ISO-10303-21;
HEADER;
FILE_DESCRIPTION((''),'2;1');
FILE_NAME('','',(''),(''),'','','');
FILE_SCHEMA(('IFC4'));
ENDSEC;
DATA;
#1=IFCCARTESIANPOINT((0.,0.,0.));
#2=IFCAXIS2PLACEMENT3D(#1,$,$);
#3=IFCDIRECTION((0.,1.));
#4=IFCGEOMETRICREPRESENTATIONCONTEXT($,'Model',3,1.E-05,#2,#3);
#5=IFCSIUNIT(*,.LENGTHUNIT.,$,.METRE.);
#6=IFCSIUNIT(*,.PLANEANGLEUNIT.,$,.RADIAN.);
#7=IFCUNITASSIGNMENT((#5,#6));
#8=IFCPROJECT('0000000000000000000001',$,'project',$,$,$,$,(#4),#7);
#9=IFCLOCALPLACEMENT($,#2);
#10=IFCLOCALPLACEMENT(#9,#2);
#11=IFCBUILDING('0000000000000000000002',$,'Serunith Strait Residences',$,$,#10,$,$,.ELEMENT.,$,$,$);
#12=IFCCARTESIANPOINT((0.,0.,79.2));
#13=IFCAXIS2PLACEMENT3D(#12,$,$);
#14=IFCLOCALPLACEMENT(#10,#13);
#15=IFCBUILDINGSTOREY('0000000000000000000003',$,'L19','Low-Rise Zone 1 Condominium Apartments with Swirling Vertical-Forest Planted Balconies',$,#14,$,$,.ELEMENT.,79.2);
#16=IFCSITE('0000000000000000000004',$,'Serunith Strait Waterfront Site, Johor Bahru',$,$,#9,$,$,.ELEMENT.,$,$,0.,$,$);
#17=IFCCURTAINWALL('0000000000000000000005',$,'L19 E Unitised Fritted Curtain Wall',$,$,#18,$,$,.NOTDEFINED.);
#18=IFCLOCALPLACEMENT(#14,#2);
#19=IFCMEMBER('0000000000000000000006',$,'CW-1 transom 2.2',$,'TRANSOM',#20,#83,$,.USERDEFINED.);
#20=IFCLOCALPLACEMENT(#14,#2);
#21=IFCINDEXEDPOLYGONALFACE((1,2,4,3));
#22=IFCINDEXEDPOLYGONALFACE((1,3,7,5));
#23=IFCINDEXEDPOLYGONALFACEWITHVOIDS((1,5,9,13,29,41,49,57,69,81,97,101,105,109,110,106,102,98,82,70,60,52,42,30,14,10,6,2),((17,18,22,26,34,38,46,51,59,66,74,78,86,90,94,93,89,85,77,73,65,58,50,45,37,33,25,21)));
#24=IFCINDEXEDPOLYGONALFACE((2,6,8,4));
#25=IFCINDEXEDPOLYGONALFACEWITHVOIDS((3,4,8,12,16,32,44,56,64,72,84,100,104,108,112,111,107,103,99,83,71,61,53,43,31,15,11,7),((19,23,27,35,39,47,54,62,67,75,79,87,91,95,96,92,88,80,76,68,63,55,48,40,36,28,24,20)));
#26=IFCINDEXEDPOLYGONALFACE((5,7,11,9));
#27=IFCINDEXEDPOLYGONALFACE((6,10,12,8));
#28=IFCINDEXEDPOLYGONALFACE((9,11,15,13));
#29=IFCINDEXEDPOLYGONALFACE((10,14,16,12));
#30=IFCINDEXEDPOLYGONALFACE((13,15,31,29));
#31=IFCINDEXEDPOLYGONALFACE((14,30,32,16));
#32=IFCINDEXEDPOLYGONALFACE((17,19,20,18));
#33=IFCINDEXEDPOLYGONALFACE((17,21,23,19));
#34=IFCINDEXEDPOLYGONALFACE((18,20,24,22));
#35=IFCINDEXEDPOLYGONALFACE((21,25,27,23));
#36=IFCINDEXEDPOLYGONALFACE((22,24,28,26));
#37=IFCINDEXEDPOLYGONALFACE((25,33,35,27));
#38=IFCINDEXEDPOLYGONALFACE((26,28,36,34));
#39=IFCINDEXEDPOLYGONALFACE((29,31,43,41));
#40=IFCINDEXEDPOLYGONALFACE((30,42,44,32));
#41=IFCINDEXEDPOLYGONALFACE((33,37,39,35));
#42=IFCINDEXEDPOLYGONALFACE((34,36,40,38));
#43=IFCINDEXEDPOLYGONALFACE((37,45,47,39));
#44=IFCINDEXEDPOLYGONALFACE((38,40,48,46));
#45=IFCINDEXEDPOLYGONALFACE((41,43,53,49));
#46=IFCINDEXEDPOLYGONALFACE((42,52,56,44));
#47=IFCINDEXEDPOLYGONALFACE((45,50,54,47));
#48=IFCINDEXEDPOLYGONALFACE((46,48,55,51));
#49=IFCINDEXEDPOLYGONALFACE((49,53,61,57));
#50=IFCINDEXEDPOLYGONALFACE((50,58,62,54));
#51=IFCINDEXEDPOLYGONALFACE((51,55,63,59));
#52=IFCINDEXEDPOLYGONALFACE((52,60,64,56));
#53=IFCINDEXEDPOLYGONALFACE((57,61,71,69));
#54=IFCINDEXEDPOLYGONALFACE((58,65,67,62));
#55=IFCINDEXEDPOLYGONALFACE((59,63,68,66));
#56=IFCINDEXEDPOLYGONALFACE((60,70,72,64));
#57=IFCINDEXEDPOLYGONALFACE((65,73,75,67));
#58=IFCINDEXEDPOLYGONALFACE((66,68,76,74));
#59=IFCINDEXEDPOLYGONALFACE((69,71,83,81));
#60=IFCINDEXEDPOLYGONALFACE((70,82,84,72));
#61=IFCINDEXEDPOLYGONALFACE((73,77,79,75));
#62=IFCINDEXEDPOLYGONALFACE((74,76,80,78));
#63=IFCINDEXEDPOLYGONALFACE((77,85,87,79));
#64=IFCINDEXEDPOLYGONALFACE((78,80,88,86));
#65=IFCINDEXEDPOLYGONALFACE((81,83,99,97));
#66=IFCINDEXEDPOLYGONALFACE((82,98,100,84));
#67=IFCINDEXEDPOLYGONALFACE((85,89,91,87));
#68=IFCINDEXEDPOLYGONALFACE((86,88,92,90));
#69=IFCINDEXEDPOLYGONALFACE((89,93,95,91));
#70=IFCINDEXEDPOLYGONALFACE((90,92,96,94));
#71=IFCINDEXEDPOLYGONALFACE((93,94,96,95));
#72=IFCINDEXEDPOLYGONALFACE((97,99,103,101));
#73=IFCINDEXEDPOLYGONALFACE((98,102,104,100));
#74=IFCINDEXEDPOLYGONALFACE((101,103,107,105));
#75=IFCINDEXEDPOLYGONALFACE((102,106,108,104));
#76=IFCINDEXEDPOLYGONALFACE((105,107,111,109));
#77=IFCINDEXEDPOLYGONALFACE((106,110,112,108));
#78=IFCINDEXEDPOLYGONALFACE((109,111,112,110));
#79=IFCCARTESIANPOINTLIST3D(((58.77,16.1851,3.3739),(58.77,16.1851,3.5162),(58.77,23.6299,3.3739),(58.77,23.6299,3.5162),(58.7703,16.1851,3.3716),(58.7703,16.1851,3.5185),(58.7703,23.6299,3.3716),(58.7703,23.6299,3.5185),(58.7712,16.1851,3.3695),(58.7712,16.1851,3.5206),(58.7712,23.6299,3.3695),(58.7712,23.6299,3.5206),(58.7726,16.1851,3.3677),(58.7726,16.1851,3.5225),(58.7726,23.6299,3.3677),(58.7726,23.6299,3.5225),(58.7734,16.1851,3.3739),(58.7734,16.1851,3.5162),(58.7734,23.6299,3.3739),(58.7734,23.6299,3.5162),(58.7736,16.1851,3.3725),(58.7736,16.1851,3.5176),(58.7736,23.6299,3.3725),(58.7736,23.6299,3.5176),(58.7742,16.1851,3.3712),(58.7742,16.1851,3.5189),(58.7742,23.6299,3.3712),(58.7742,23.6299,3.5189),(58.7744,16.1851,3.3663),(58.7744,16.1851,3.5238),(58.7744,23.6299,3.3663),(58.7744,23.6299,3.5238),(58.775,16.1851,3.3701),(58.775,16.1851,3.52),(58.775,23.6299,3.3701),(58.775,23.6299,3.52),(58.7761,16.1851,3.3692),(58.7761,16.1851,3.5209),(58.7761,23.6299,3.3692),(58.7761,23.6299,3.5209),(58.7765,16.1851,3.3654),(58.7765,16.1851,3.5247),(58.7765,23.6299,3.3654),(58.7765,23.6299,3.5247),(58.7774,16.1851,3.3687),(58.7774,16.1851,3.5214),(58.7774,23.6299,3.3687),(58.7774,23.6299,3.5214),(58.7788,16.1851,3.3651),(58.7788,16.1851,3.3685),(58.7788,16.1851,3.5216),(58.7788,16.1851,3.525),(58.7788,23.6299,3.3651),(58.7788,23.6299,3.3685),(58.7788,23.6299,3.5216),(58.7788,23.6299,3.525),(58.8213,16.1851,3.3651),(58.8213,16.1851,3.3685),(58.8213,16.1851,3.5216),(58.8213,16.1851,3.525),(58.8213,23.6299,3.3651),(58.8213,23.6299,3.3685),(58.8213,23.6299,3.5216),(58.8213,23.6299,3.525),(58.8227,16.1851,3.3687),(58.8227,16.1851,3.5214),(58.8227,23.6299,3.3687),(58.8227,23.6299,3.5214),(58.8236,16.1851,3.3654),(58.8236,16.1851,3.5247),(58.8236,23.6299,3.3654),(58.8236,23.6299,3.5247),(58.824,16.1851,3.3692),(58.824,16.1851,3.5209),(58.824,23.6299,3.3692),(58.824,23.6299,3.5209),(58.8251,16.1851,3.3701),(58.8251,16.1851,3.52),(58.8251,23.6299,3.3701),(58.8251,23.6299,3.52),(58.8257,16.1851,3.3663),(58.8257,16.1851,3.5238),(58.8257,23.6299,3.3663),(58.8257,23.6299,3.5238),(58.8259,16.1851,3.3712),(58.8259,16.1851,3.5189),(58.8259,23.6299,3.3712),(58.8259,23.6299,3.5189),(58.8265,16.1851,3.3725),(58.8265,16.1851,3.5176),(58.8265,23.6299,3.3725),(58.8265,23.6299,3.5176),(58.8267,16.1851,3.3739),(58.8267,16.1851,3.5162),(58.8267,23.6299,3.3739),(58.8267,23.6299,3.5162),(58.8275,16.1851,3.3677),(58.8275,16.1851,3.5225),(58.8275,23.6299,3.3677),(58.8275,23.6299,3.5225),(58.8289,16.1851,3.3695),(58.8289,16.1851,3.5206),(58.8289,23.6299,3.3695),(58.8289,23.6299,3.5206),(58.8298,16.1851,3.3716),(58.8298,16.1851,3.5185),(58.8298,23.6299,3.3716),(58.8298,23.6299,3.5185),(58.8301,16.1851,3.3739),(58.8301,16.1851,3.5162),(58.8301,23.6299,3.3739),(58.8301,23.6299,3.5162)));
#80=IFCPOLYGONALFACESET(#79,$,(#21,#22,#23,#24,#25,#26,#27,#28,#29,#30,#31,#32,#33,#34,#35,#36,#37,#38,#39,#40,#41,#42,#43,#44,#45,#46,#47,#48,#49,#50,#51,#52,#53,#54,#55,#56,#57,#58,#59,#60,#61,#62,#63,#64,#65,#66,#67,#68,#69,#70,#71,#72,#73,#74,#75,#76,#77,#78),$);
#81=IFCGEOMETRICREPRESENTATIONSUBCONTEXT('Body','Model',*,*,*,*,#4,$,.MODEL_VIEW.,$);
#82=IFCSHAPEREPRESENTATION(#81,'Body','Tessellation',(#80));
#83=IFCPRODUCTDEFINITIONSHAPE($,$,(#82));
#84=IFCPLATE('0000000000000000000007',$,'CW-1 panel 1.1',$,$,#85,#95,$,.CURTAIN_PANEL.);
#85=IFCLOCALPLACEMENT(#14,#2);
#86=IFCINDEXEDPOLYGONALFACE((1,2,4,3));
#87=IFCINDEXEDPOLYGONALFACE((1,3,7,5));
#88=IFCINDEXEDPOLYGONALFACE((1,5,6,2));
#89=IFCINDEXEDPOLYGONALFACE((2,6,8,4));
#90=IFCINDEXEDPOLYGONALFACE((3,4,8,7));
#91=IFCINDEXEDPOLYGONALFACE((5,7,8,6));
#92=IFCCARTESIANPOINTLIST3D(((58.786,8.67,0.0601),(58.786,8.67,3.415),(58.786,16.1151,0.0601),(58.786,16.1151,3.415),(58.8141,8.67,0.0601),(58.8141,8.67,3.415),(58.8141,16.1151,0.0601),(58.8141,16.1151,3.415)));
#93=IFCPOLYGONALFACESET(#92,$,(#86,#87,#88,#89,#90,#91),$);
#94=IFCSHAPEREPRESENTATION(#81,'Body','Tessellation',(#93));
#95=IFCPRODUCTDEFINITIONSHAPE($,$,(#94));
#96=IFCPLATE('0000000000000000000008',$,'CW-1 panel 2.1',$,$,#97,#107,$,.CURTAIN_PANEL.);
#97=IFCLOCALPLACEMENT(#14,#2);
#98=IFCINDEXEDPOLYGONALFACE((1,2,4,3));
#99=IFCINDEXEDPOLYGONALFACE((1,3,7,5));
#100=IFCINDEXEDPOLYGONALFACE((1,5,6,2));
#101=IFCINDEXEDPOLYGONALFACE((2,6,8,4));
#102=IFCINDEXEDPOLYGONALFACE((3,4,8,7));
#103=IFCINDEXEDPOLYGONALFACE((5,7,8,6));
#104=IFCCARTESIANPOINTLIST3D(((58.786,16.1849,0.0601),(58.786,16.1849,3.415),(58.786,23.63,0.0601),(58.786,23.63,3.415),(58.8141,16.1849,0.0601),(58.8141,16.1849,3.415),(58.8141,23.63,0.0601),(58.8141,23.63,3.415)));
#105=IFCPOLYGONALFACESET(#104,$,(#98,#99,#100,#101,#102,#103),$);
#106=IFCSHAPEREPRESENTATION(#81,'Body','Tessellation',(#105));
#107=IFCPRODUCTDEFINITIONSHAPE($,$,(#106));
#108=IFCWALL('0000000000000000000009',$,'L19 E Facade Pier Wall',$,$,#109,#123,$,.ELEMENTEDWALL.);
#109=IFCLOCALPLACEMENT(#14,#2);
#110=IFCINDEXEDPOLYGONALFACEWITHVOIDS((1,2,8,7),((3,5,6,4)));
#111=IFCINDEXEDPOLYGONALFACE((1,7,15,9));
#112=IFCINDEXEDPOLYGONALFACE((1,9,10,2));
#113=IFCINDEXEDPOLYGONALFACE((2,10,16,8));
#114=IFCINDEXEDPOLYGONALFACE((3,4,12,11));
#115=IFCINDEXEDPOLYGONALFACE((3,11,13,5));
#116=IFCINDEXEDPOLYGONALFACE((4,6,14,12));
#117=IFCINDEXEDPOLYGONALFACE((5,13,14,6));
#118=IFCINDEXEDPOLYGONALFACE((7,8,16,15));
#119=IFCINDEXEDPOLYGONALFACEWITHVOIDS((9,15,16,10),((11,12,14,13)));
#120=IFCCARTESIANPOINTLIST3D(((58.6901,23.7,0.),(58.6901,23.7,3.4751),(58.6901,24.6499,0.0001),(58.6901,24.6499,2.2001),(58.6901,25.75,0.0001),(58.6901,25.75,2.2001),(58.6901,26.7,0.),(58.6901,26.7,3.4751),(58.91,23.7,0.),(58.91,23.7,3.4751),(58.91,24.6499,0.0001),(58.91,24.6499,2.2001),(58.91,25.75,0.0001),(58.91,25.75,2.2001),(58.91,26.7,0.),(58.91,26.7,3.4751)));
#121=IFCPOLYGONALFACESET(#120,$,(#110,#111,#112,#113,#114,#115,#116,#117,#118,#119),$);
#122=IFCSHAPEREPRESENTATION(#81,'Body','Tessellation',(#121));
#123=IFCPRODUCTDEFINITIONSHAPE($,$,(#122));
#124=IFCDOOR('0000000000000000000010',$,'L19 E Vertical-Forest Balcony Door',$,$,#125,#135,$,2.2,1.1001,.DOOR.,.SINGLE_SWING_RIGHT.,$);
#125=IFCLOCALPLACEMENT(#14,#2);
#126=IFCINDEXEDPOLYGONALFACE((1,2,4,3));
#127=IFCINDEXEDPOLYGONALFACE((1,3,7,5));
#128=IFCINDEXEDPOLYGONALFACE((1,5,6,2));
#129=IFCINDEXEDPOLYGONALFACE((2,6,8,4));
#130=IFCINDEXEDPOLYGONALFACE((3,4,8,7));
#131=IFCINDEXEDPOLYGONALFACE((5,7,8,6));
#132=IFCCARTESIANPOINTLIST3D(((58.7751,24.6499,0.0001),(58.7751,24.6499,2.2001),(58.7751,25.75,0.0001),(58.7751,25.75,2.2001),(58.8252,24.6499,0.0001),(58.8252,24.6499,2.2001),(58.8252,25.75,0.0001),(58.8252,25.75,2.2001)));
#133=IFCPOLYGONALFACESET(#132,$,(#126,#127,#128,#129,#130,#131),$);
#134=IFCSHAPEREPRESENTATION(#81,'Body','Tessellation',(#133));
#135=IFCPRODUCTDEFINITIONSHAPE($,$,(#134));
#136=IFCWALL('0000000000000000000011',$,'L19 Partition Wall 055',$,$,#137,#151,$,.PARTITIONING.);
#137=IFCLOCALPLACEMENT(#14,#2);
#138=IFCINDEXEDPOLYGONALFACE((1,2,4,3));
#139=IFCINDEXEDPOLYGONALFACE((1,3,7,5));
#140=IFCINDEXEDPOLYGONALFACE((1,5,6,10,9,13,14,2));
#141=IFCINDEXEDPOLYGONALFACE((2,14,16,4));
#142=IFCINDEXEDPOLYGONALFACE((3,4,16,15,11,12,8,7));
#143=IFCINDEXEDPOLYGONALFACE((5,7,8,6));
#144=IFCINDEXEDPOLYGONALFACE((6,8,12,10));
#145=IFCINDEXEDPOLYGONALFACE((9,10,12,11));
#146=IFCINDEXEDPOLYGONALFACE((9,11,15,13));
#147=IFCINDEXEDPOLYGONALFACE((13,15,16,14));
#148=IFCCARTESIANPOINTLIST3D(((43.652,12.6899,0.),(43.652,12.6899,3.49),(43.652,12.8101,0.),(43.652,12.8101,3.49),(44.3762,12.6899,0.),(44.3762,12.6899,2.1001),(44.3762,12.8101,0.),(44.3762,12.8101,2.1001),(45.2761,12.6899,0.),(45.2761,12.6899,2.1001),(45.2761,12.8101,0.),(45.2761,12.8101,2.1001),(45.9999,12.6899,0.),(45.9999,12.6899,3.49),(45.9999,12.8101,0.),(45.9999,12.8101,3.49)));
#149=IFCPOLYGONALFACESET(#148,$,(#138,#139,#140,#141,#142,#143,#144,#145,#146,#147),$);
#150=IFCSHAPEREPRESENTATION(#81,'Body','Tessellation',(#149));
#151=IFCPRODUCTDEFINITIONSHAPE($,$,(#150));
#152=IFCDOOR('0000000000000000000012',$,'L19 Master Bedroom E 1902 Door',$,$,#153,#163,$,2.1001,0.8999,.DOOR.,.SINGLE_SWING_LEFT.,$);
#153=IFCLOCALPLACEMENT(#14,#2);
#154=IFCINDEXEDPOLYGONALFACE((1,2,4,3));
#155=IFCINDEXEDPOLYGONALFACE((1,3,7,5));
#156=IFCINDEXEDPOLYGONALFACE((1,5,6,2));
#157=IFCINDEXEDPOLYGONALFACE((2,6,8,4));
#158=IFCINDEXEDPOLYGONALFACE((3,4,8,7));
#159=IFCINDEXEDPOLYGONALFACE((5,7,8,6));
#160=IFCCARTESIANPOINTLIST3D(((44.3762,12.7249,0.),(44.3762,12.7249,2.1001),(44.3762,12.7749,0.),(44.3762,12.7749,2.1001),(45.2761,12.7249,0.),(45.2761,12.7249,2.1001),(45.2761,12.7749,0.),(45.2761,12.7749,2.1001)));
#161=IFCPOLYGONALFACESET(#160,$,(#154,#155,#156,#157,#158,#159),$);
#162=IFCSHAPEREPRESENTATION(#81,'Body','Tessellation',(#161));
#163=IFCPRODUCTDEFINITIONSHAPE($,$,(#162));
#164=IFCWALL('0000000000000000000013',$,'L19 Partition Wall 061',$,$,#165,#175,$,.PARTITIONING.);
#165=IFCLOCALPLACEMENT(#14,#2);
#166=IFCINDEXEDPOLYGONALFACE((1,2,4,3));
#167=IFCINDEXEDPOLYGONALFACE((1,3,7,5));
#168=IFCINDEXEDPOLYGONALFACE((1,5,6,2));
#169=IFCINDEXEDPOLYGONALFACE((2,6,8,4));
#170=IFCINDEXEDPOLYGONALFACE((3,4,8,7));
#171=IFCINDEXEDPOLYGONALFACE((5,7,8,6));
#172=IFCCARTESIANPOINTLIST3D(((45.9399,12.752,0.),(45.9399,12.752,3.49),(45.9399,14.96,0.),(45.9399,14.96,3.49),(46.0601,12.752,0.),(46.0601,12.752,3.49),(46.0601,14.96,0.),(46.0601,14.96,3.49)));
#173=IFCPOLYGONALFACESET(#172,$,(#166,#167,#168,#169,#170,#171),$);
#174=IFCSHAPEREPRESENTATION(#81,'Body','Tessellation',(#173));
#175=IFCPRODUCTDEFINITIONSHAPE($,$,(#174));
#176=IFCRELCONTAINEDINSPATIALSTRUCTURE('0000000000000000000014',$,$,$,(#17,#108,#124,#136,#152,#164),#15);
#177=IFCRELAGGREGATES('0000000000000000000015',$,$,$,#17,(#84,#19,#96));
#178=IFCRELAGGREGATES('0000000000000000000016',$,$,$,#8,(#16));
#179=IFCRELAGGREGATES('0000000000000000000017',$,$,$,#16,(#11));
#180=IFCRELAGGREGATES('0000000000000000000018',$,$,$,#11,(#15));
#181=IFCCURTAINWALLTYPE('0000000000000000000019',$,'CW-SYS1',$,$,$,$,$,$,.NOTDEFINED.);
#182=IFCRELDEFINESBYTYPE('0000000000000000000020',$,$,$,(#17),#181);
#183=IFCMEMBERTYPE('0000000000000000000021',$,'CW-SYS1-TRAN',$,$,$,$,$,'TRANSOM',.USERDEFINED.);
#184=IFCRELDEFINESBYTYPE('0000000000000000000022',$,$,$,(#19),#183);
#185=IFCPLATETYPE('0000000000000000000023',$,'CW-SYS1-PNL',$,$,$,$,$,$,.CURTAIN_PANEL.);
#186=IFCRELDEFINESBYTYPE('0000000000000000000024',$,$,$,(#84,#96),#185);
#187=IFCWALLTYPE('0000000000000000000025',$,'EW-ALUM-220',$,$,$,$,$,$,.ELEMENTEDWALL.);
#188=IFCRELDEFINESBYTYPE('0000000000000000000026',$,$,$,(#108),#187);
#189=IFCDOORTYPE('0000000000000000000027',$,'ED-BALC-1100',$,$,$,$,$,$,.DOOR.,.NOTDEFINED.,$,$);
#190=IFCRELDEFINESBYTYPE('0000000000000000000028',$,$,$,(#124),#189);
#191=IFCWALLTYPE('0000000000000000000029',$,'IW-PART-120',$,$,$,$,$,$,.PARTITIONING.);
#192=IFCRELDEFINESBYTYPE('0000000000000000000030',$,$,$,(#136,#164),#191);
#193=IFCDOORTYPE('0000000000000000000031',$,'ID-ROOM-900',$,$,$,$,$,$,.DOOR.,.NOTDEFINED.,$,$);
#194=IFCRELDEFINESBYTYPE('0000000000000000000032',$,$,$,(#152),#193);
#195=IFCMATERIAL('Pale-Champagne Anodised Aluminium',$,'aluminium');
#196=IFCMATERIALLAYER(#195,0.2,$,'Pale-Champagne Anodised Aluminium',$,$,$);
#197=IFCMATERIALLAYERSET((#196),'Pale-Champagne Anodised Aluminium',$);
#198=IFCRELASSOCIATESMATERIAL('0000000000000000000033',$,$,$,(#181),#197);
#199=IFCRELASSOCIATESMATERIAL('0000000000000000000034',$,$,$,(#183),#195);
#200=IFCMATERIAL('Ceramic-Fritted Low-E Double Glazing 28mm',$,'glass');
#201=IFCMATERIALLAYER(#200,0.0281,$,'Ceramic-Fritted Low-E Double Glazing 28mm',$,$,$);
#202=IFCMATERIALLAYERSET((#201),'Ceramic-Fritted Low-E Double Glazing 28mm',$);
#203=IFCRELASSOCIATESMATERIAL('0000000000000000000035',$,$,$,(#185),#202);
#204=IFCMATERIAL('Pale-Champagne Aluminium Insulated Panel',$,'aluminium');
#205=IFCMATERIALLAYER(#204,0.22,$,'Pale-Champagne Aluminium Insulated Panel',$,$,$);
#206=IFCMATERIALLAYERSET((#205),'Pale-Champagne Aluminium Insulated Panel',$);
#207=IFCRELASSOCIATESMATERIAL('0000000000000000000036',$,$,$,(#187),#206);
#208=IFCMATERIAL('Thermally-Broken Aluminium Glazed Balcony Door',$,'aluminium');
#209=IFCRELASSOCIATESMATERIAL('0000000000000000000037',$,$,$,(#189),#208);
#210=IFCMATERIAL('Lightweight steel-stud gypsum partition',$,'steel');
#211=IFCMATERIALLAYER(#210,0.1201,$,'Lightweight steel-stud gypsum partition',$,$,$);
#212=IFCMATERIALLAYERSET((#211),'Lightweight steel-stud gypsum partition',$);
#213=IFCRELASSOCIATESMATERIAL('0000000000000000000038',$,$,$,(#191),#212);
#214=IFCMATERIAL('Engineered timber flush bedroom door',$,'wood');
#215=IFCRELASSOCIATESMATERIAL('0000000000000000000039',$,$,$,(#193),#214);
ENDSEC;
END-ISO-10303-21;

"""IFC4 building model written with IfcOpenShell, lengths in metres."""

from ifc_helpers import new_model, si_unit, direction, frame, frame_2d, origin, origin_2d, place, context, subcontext, project, spatial, rectangle, hollow_rectangle, extrude, source, transform, mapped, material, layer, layer_set, material_profile, profile_set, type_object, element, fill, aggregate, save


model = new_model("IFC4")

# Units and contexts
model_context = context("Model", 3, precision=1e-05, world=origin(), true_north=direction((0.0, 1.0)))
body_context = subcontext(model_context, "Body", "Model", "MODEL_VIEW")
ifc_project = project(units=[si_unit("LENGTHUNIT", "METRE"), si_unit("PLANEANGLEUNIT", "RADIAN")], contexts=[model_context])

# Site, building, storey
site_placement = place(None, origin())
site = spatial("IfcSite", under=ifc_project, at=site_placement, Name="Serunith Strait Waterfront Site, Johor Bahru", CompositionType="ELEMENT", RefElevation=0.0)
building_placement = place(site_placement, origin())
building = spatial("IfcBuilding", under=site, at=building_placement, Name="Serunith Strait Residences", CompositionType="ELEMENT")
storey_placement = place(building_placement, frame((0.0, 0.0, 79.2)))
storey = spatial("IfcBuildingStorey", under=building, at=storey_placement, Name="L19", Description="Low-Rise Zone 1 Condominium Apartments with Swirling Vertical-Forest Planted Balconies", CompositionType="ELEMENT", Elevation=79.2)

# Curtain wall, member, plates
ifc_material_1 = material(Name="Pale-Champagne Anodised Aluminium", Category="aluminium")
ifc_layer_1 = layer(ifc_material_1, 0.2, Name="Pale-Champagne Anodised Aluminium")
ifc_layer_set_1 = layer_set([ifc_layer_1], Name="Pale-Champagne Anodised Aluminium")
curtain_wall_type = type_object("IfcCurtainWallType", Name="CW-SYS1", PredefinedType="NOTDEFINED", material=ifc_layer_set_1)
curtain_wall_placement = place(storey_placement, origin())
curtain_wall = element("IfcCurtainWall", 1, at=curtain_wall_placement, inside=storey, type_object=curtain_wall_type, Name="L19 E Unitised Fritted Curtain Wall", PredefinedType="NOTDEFINED")
ifc_material_profile_1 = material_profile(ifc_material_1, hollow_rectangle(XDim=0.0601, YDim=0.1599, WallThickness=0.0034, InnerFilletRadius=0.0054, OuterFilletRadius=0.0088, at=origin_2d()), Name="ALU 160x60x3.5")
ifc_profile_set_1 = profile_set([ifc_material_profile_1], Name="Pale-Champagne Anodised Aluminium")
member_type_1 = type_object("IfcMemberType", Name="CW-SYS1-TRAN", ElementType="TRANSOM", PredefinedType="USERDEFINED", material=ifc_profile_set_1)
shared_shape_1 = source(origin(), body_context, "Body", "SweptSolid", [
    extrude(hollow_rectangle(XDim=0.0601, YDim=0.1599, WallThickness=0.0034, InnerFilletRadius=0.0054, OuterFilletRadius=0.0088, at=origin_2d()), origin(), (0.0, 0.0, 1.0), 7.4448),
])
member_1_placement = place(storey_placement, frame((58.8, 16.1851, 3.4451), z_axis=(0.0, 1.0, 0.0), x_axis=(-1.0, 0.0, 0.0)))
member_1 = element("IfcMember", 2, at=member_1_placement, type_object=member_type_1, Name="CW-1 transom 2.2", ObjectType="TRANSOM", PredefinedType="USERDEFINED", context=body_context, shape_type="MappedRepresentation", body=[
    mapped(shared_shape_1, transform((0.0, 0.0, 0.0), scale=1.0)),
])
ifc_material_2 = material(Name="Ceramic-Fritted Low-E Double Glazing 28mm", Category="glass")
ifc_layer_2 = layer(ifc_material_2, 0.0281, Name="Ceramic-Fritted Low-E Double Glazing 28mm")
ifc_layer_set_2 = layer_set([ifc_layer_2], Name="Ceramic-Fritted Low-E Double Glazing 28mm")
plate_type = type_object("IfcPlateType", Name="CW-SYS1-PNL", PredefinedType="CURTAIN_PANEL", material=ifc_layer_set_2)
shared_shape_2 = source(origin(), body_context, "Body", "SweptSolid", [
    extrude(rectangle(XDim=7.4451, YDim=0.0281, at=origin_2d()), origin(), (0.0, 0.0, 1.0), 3.355),
])
plate_1_placement = place(storey_placement, frame((58.8, 12.3926, 0.0601), z_axis=(0.0, 0.0, 1.0), x_axis=(0.0, 1.0, 0.0)))
plate_1 = element("IfcPlate", 3, at=plate_1_placement, type_object=plate_type, Name="CW-1 panel 1.1", PredefinedType="CURTAIN_PANEL", context=body_context, shape_type="MappedRepresentation", body=[
    mapped(shared_shape_2, transform((0.0, 0.0, 0.0), scale=1.0)),
])
plate_2_placement = place(storey_placement, frame((58.8, 19.9075, 0.0601), z_axis=(0.0, 0.0, 1.0), x_axis=(0.0, 1.0, 0.0)))
plate_2 = element("IfcPlate", 4, at=plate_2_placement, type_object=plate_type, Name="CW-1 panel 2.1", PredefinedType="CURTAIN_PANEL", context=body_context, shape_type="MappedRepresentation", body=[
    mapped(shared_shape_2, transform((0.0, 0.0, 0.0), scale=1.0)),
])
aggregate(curtain_wall, [plate_1, member_1, plate_2])

# Walls, openings, doors
ifc_material_3 = material(Name="Pale-Champagne Aluminium Insulated Panel", Category="aluminium")
ifc_layer_3 = layer(ifc_material_3, 0.22, Name="Pale-Champagne Aluminium Insulated Panel")
ifc_layer_set_3 = layer_set([ifc_layer_3], Name="Pale-Champagne Aluminium Insulated Panel")
wall_type_1 = type_object("IfcWallType", Name="EW-ALUM-220", PredefinedType="ELEMENTEDWALL", material=ifc_layer_set_3)
wall_1_placement = place(storey_placement, frame((58.8, 23.7, 0.0), z_axis=(0.0, 0.0, 1.0), x_axis=(0.0, 1.0, 0.0)))
wall_1 = element("IfcWall", 5, at=wall_1_placement, inside=storey, type_object=wall_type_1, Name="L19 E Facade Pier Wall", PredefinedType="ELEMENTEDWALL", context=body_context, shape_type="SweptSolid", body=[
    extrude(rectangle(XDim=3.0, YDim=0.22, at=frame_2d((1.5, 0.0))), origin(), (0.0, 0.0, 1.0), 3.4751),
])
opening_1_placement = place(wall_1_placement, frame((0.95, 0.0, 0.0)))
opening_1 = element("IfcOpeningElement", 6, at=opening_1_placement, cuts=wall_1, PredefinedType="OPENING", context=body_context, shape_type="SweptSolid", body=[
    extrude(rectangle(XDim=1.1001, YDim=2.2, at=frame_2d((0.55, 1.1001))), frame((0.0, 0.1201, 0.0), z_axis=(0.0, -1.0, 0.0), x_axis=(1.0, 0.0, 0.0)), (0.0, 0.0, 1.0), 0.24),
])
ifc_material_4 = material(Name="Thermally-Broken Aluminium Glazed Balcony Door", Category="aluminium")
door_type_1 = type_object("IfcDoorType", Name="ED-BALC-1100", OperationType="NOTDEFINED", PredefinedType="DOOR", material=ifc_material_4)
shared_shape_3 = source(origin(), body_context, "Body", "SweptSolid", [
    extrude(rectangle(XDim=1.1001, YDim=2.2, at=frame_2d((0.55, 1.1001))), frame((0.0, 0.0249, 0.0), z_axis=(0.0, -1.0, 0.0), x_axis=(1.0, 0.0, 0.0)), (0.0, 0.0, 1.0), 0.05),
])
door_1_placement = place(opening_1_placement, origin())
door_1 = element("IfcDoor", 7, at=door_1_placement, inside=storey, type_object=door_type_1, Name="L19 E Vertical-Forest Balcony Door", OperationType="SINGLE_SWING_RIGHT", OverallHeight=2.2, OverallWidth=1.1001, PredefinedType="DOOR", context=body_context, shape_type="MappedRepresentation", body=[
    mapped(shared_shape_3, transform((0.0, 0.0, 0.0), scale=1.0)),
])
fill(opening_1, door_1)
ifc_material_5 = material(Name="Lightweight steel-stud gypsum partition", Category="steel")
ifc_layer_4 = layer(ifc_material_5, 0.1201, Name="Lightweight steel-stud gypsum partition")
ifc_layer_set_4 = layer_set([ifc_layer_4], Name="Lightweight steel-stud gypsum partition")
wall_type_2 = type_object("IfcWallType", Name="IW-PART-120", PredefinedType="PARTITIONING", material=ifc_layer_set_4)
wall_2_placement = place(storey_placement, frame((43.6521, 12.75, 0.0), z_axis=(0.0, 0.0, 1.0), x_axis=(1.0, 0.0, 0.0)))
wall_2 = element("IfcWall", 8, at=wall_2_placement, inside=storey, type_object=wall_type_2, Name="L19 Partition Wall 055", PredefinedType="PARTITIONING", context=body_context, shape_type="SweptSolid", body=[
    extrude(rectangle(XDim=2.3479, YDim=0.1201, at=frame_2d((1.1738, 0.0))), origin(), (0.0, 0.0, 1.0), 3.49),
])
opening_2_placement = place(wall_2_placement, frame((0.7241, 0.0, 0.0)))
opening_2 = element("IfcOpeningElement", 9, at=opening_2_placement, cuts=wall_2, PredefinedType="OPENING", context=body_context, shape_type="SweptSolid", body=[
    extrude(rectangle(XDim=0.8999, YDim=2.1001, at=frame_2d((0.45, 1.05))), frame((0.0, 0.0701, 0.0), z_axis=(0.0, -1.0, 0.0), x_axis=(1.0, 0.0, 0.0)), (0.0, 0.0, 1.0), 0.1401),
])
ifc_material_6 = material(Name="Engineered timber flush bedroom door", Category="wood")
door_type_2 = type_object("IfcDoorType", Name="ID-ROOM-900", OperationType="NOTDEFINED", PredefinedType="DOOR", material=ifc_material_6)
shared_shape_4 = source(origin(), body_context, "Body", "SweptSolid", [
    extrude(rectangle(XDim=0.8999, YDim=2.1001, at=frame_2d((0.45, 1.05))), frame((0.0, 0.0249, 0.0), z_axis=(0.0, -1.0, 0.0), x_axis=(1.0, 0.0, 0.0)), (0.0, 0.0, 1.0), 0.05),
])
door_2_placement = place(opening_2_placement, origin())
door_2 = element("IfcDoor", 10, at=door_2_placement, inside=storey, type_object=door_type_2, Name="L19 Master Bedroom E 1902 Door", OperationType="SINGLE_SWING_LEFT", OverallHeight=2.1001, OverallWidth=0.8999, PredefinedType="DOOR", context=body_context, shape_type="MappedRepresentation", body=[
    mapped(shared_shape_4, transform((0.0, 0.0, 0.0), scale=1.0)),
])
fill(opening_2, door_2)

# Wall
wall_3_placement = place(storey_placement, frame((46.0, 12.752, 0.0), z_axis=(0.0, 0.0, 1.0), x_axis=(0.0, 1.0, 0.0)))
element("IfcWall", 11, at=wall_3_placement, inside=storey, type_object=wall_type_2, Name="L19 Partition Wall 061", PredefinedType="PARTITIONING", context=body_context, shape_type="SweptSolid", body=[
    extrude(rectangle(XDim=2.208, YDim=0.1201, at=frame_2d((1.104, 0.0))), origin(), (0.0, 0.0, 1.0), 3.49),
])

save(model, "model.ifc")
